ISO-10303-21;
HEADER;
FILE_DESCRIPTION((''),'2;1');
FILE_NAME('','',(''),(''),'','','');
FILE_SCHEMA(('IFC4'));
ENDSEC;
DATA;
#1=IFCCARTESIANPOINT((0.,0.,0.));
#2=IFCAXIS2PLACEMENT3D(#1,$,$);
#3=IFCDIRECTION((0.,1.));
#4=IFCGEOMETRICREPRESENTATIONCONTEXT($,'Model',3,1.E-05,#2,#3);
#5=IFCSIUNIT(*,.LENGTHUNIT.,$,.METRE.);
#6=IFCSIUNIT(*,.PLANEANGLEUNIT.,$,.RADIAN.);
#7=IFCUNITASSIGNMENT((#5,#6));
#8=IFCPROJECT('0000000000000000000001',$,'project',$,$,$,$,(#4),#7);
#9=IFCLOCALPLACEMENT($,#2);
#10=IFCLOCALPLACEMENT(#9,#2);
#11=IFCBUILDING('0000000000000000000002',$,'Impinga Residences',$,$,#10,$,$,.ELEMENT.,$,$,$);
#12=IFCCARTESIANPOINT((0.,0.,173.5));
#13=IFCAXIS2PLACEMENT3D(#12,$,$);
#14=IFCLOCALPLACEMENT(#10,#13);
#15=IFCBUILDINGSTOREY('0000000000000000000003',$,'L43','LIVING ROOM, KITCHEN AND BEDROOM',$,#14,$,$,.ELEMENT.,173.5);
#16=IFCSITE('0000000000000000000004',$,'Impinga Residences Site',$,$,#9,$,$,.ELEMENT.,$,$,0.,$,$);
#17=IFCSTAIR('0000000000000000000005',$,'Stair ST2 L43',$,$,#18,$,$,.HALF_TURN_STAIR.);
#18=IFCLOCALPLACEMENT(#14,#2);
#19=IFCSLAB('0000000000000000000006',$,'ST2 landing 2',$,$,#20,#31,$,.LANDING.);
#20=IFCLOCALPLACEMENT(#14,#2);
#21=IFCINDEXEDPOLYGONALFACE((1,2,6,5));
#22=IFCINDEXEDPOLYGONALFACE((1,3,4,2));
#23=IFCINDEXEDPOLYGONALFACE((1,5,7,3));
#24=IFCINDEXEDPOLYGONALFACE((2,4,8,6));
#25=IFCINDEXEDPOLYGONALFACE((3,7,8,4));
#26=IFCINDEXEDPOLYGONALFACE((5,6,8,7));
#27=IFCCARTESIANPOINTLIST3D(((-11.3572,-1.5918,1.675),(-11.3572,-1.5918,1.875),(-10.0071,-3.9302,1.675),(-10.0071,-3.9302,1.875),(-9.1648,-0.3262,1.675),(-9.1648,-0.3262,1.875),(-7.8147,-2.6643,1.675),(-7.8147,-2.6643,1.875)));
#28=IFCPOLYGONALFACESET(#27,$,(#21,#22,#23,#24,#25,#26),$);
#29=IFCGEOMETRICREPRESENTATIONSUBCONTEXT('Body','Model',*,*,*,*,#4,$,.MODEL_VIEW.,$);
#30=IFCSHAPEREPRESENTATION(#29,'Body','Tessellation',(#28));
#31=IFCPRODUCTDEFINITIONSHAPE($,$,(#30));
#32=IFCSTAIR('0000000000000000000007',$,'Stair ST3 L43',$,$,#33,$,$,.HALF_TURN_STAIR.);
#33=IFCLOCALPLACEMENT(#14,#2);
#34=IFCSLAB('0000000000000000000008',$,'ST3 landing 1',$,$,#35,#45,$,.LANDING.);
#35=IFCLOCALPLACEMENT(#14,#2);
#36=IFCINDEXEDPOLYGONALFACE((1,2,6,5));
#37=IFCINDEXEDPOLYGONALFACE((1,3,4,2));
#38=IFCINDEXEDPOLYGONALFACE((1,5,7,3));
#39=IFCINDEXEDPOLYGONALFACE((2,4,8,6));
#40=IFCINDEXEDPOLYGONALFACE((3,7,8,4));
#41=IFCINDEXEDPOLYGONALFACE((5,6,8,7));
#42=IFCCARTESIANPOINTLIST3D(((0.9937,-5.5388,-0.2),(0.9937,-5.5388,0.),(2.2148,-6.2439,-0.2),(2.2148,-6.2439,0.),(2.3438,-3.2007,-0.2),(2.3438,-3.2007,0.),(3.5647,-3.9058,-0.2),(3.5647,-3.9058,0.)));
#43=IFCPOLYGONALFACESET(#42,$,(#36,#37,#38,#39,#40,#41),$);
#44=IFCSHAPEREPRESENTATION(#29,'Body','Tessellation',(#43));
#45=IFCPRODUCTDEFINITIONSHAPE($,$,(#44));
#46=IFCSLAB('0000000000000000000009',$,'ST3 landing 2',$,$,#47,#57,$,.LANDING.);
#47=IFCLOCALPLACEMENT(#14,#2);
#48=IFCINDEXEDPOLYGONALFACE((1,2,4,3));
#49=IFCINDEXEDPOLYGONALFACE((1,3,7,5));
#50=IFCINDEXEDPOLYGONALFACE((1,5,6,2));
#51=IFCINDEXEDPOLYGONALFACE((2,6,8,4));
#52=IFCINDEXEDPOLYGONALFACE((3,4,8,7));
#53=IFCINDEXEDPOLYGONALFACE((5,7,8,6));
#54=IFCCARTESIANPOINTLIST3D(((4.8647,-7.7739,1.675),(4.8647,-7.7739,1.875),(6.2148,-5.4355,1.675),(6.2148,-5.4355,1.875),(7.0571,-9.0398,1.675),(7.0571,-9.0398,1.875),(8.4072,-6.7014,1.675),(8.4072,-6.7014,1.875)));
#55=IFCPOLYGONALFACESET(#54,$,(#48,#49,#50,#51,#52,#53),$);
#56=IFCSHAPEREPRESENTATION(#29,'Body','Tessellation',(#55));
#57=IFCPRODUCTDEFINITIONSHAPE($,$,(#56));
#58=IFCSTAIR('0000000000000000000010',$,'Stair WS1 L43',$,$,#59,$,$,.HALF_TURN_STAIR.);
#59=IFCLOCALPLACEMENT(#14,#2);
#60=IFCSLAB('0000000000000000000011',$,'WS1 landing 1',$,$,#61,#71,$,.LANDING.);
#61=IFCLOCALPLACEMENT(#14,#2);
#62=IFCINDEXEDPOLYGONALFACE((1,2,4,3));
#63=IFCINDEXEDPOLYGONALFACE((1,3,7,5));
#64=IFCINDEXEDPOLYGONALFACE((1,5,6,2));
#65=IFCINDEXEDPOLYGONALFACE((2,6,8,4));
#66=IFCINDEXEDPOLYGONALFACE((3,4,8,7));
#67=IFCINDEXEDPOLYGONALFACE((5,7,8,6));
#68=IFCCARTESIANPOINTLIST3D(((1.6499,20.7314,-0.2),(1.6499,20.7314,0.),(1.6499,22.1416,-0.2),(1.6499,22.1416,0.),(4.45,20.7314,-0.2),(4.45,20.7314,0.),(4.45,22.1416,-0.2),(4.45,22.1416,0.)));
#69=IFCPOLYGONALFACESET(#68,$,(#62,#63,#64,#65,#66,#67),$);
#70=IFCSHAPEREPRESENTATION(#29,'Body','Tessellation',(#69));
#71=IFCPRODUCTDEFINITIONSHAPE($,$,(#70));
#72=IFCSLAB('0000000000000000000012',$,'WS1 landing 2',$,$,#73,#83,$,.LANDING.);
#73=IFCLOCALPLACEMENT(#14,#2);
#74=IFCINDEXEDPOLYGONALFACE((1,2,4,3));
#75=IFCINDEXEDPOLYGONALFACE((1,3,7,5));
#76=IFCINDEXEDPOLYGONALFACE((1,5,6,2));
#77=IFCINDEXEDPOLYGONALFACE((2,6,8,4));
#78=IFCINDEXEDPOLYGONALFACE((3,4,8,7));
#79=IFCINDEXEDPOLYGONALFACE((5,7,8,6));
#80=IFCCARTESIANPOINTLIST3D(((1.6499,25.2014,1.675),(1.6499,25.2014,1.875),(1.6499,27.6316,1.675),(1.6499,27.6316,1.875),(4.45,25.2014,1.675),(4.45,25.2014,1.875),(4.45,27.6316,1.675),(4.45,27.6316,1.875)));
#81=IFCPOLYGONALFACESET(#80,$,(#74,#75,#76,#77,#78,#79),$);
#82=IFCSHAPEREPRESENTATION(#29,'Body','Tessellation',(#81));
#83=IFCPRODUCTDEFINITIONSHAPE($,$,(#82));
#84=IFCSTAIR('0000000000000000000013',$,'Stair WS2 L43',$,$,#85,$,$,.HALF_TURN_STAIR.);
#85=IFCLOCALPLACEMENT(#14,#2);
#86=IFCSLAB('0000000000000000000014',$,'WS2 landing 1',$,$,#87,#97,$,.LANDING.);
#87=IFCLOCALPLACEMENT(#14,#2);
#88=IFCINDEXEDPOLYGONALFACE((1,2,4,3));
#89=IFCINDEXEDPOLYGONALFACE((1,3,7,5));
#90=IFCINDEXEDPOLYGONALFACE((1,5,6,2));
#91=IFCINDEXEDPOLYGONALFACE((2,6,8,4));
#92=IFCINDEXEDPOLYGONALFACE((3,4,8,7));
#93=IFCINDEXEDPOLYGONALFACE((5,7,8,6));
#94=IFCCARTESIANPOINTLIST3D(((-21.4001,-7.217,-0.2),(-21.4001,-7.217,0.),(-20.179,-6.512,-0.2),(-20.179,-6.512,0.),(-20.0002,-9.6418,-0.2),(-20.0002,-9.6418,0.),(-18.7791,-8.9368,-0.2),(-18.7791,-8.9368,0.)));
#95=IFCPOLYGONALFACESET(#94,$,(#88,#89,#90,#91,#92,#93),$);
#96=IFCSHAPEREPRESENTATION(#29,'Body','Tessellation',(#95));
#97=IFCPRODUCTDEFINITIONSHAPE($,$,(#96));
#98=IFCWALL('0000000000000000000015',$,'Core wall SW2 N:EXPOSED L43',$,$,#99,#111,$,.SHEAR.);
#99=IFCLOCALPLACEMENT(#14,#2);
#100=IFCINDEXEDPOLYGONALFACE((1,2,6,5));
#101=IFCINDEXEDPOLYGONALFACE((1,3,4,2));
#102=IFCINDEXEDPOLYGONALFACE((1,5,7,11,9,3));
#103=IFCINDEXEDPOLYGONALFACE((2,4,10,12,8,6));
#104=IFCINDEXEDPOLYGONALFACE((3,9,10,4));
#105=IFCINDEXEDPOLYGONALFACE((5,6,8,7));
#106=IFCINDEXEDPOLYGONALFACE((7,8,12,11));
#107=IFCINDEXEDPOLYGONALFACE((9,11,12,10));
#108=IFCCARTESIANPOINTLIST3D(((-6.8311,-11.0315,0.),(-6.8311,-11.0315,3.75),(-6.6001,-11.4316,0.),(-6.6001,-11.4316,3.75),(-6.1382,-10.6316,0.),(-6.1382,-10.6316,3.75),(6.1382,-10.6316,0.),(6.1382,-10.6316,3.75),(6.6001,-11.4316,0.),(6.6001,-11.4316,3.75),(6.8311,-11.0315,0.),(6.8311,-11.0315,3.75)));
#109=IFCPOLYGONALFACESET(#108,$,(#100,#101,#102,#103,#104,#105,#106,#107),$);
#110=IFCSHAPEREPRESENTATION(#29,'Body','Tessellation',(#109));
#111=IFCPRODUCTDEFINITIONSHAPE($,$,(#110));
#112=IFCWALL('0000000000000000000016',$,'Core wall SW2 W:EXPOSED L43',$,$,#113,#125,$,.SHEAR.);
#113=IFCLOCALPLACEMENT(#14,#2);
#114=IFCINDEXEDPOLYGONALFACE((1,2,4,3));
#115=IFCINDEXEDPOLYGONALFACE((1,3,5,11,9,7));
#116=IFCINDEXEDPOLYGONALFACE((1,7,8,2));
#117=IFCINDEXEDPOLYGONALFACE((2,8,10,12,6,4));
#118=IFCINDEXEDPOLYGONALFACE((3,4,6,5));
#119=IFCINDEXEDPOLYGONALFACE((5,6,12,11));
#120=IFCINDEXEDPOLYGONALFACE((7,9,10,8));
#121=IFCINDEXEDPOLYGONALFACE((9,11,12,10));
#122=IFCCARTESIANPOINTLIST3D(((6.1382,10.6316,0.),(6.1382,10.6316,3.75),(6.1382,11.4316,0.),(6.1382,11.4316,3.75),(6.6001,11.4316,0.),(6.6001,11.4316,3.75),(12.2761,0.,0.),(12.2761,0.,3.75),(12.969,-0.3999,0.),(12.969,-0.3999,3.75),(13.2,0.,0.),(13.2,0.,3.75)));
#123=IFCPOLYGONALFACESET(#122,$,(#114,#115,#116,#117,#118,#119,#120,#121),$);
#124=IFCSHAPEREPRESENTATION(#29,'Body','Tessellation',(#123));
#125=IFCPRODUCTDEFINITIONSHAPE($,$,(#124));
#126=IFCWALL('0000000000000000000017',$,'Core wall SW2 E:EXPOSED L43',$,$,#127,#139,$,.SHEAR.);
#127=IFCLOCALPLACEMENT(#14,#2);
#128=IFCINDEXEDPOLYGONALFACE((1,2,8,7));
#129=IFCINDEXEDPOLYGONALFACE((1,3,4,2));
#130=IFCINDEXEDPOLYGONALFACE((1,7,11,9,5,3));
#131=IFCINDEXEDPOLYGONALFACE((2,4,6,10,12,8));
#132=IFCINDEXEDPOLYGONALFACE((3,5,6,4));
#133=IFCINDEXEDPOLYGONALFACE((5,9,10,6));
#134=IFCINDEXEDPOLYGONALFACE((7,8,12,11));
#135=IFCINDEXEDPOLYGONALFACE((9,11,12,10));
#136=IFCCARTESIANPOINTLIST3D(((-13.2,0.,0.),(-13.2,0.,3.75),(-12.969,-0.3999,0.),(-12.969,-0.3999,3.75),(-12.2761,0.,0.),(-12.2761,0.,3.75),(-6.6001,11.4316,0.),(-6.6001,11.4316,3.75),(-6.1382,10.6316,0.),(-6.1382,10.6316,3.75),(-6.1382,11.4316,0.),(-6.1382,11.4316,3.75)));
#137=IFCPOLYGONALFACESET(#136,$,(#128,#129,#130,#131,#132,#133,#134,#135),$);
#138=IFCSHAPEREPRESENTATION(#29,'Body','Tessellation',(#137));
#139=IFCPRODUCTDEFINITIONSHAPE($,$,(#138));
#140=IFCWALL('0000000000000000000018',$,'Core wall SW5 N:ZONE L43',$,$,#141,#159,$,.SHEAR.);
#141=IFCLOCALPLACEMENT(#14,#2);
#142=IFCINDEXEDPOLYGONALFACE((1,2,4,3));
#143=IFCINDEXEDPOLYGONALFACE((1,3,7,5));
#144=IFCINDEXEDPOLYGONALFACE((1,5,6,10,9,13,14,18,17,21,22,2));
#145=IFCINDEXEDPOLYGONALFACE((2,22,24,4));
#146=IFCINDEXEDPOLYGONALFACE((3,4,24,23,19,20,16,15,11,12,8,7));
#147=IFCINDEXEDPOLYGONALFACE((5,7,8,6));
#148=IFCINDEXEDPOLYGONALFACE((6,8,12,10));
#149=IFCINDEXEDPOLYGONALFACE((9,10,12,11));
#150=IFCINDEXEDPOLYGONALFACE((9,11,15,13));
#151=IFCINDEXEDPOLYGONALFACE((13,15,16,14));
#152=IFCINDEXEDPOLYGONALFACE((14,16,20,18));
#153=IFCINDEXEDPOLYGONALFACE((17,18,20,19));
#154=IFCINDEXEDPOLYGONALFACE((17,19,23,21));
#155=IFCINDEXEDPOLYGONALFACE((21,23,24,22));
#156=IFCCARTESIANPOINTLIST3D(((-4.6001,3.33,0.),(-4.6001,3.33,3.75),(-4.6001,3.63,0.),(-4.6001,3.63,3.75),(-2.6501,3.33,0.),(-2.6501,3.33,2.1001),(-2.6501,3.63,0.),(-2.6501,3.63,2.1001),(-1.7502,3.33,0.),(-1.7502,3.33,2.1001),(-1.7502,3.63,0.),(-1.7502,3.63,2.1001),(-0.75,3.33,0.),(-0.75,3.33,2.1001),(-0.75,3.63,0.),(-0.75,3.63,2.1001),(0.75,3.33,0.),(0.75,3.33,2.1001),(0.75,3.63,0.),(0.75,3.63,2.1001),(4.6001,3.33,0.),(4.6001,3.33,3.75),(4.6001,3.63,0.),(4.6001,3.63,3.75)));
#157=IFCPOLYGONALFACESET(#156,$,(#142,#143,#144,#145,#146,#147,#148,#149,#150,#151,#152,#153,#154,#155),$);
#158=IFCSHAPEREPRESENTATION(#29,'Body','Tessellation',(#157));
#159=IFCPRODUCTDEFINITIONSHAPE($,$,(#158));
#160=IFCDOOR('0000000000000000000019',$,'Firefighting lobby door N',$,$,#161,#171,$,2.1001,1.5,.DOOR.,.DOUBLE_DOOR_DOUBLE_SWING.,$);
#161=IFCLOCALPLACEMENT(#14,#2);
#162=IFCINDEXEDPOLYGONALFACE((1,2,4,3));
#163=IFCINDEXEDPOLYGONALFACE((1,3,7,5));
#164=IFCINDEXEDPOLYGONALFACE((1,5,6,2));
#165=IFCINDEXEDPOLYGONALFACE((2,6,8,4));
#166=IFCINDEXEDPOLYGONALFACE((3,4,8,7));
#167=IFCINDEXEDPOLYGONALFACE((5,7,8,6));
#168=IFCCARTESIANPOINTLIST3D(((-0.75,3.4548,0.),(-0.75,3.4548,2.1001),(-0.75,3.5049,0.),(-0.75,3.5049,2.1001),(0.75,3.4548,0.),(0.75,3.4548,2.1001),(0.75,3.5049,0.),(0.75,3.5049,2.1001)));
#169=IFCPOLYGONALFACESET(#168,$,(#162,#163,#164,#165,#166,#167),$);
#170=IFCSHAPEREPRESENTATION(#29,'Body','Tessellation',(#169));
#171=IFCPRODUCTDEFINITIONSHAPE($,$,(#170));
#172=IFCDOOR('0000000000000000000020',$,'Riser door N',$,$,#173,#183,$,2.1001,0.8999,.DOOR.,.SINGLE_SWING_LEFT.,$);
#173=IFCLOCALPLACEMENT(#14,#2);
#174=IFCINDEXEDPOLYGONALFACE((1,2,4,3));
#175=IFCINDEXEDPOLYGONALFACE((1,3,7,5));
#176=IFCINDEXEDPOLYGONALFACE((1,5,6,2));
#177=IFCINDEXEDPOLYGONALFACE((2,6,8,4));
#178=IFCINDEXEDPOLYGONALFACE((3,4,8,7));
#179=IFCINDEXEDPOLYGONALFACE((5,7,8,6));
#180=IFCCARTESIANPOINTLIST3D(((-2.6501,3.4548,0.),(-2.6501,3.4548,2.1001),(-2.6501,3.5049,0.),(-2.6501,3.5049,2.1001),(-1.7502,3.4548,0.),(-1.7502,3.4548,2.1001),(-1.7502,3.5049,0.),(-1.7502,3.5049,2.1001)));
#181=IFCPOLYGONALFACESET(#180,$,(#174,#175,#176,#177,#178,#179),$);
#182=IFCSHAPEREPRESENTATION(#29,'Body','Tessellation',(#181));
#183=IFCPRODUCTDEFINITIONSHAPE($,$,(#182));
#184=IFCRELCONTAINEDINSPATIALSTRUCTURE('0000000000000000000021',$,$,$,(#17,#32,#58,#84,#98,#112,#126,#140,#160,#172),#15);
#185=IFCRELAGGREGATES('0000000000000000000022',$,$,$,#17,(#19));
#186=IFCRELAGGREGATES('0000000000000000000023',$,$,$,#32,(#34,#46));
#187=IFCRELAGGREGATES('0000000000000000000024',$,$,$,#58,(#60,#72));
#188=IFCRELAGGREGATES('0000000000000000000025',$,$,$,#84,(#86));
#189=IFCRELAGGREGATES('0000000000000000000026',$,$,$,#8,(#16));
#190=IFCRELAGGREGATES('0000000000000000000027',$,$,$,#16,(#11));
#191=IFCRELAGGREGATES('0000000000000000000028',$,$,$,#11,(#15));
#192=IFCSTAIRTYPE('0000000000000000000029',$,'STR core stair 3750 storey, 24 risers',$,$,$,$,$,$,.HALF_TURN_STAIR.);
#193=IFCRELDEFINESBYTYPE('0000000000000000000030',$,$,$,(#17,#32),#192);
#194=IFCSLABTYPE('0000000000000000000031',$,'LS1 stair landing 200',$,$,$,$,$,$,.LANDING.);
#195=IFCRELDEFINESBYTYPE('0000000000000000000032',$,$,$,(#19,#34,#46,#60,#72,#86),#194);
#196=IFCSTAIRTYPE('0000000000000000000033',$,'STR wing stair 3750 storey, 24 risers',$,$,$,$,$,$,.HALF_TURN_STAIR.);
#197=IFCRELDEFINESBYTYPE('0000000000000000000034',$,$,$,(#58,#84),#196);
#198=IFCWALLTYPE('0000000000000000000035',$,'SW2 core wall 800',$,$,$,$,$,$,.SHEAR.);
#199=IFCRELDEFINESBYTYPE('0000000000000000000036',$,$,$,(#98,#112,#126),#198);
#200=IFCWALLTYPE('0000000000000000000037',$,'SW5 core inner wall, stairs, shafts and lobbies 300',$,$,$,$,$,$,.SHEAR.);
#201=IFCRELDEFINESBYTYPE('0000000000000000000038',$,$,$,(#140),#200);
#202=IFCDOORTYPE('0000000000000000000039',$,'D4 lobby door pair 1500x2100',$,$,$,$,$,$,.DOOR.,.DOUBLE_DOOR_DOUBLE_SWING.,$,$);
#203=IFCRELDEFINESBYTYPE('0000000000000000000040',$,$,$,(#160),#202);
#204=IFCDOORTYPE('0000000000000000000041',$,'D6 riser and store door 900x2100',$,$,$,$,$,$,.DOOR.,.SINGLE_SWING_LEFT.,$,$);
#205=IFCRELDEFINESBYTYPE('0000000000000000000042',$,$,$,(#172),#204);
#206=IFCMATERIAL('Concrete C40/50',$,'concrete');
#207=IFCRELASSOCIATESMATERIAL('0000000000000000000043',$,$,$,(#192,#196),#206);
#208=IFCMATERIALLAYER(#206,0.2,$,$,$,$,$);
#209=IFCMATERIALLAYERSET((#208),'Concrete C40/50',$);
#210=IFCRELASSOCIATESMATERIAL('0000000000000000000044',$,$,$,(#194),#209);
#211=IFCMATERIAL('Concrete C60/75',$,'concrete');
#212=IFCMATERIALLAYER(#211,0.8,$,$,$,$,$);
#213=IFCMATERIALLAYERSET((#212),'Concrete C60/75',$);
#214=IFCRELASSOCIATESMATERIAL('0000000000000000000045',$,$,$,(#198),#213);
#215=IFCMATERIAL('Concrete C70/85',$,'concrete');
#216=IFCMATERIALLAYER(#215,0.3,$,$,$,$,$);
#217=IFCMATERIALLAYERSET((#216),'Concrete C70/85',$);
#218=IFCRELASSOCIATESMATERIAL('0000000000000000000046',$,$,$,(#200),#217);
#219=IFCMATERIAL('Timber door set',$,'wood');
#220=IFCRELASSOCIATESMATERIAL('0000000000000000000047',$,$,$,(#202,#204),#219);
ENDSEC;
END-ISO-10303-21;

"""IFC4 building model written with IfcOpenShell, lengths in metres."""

from ifc_helpers import new_model, si_unit, direction, frame, frame_2d, origin, place, context, subcontext, project, spatial, polyline, rectangle, outline, extrude, material, layer, layer_set, type_object, element, fill, aggregate, save


model = new_model("IFC4")

# Units and contexts
model_context = context("Model", 3, precision=1e-05, world=origin(), true_north=direction((0.0, 1.0)))
body_context = subcontext(model_context, "Body", "Model", "MODEL_VIEW")
ifc_project = project(units=[si_unit("LENGTHUNIT", "METRE"), si_unit("PLANEANGLEUNIT", "RADIAN")], contexts=[model_context])

# Site, building, storey
site_placement = place(None, origin())
site = spatial("IfcSite", under=ifc_project, at=site_placement, Name="Impinga Residences Site", CompositionType="ELEMENT", RefElevation=0.0)
building_placement = place(site_placement, origin())
building = spatial("IfcBuilding", under=site, at=building_placement, Name="Impinga Residences", CompositionType="ELEMENT")
storey_placement = place(building_placement, frame((0.0, 0.0, 173.5)))
storey = spatial("IfcBuildingStorey", under=building, at=storey_placement, Name="L43", Description="LIVING ROOM, KITCHEN AND BEDROOM", CompositionType="ELEMENT", Elevation=173.5)

# Shared definitions
ifc_material_1 = material(Name="Concrete C60/75", Category="concrete")

# Stairs, slabs
ifc_material_2 = material(Name="Concrete C40/50", Category="concrete")
stair_type_1 = type_object("IfcStairType", Name="STR core stair 3750 storey, 24 risers", PredefinedType="HALF_TURN_STAIR", material=ifc_material_2)
ifc_layer_1 = layer(ifc_material_2, 0.2)
ifc_layer_set_1 = layer_set([ifc_layer_1], Name="Concrete C40/50")
slab_type_1 = type_object("IfcSlabType", Name="LS1 stair landing 200", PredefinedType="LANDING", material=ifc_layer_set_1)
stair_1_placement = place(storey_placement, origin())
stair_1 = element("IfcStair", 1, at=stair_1_placement, inside=storey, type_object=stair_type_1, Name="Stair ST2 L43", PredefinedType="HALF_TURN_STAIR")
slab_1_placement = place(storey_placement, frame((0.0, 0.0, 1.675)))
slab_1 = element("IfcSlab", 2, at=slab_1_placement, type_object=slab_type_1, Name="ST2 landing 2", PredefinedType="LANDING", context=body_context, shape_type="SweptSolid", body=[
    extrude(outline(polyline([(-7.8147, -2.6643), (-9.1648, -0.3262), (-11.3572, -1.5918), (-10.0071, -3.9302), (-7.8147, -2.6643)])), origin(), (0.0, 0.0, 1.0), 0.2),
])
aggregate(stair_1, [slab_1])
stair_2_placement = place(storey_placement, origin())
stair_2 = element("IfcStair", 3, at=stair_2_placement, inside=storey, type_object=stair_type_1, Name="Stair ST3 L43", PredefinedType="HALF_TURN_STAIR")
slab_2_placement = place(storey_placement, frame((0.0, 0.0, -0.2)))
slab_2 = element("IfcSlab", 4, at=slab_2_placement, type_object=slab_type_1, Name="ST3 landing 1", PredefinedType="LANDING", context=body_context, shape_type="SweptSolid", body=[
    extrude(outline(polyline([(2.3438, -3.2007), (0.9937, -5.5388), (2.2148, -6.2439), (3.5647, -3.9058), (2.3438, -3.2007)])), origin(), (0.0, 0.0, 1.0), 0.2),
])
slab_3_placement = place(storey_placement, frame((0.0, 0.0, 1.675)))
slab_3 = element("IfcSlab", 5, at=slab_3_placement, type_object=slab_type_1, Name="ST3 landing 2", PredefinedType="LANDING", context=body_context, shape_type="SweptSolid", body=[
    extrude(outline(polyline([(6.2148, -5.4355), (4.8647, -7.7739), (7.0571, -9.0398), (8.4072, -6.7014), (6.2148, -5.4355)])), origin(), (0.0, 0.0, 1.0), 0.2),
])
aggregate(stair_2, [slab_2, slab_3])
stair_type_2 = type_object("IfcStairType", Name="STR wing stair 3750 storey, 24 risers", PredefinedType="HALF_TURN_STAIR", material=ifc_material_2)
stair_3_placement = place(storey_placement, origin())
stair_3 = element("IfcStair", 6, at=stair_3_placement, inside=storey, type_object=stair_type_2, Name="Stair WS1 L43", PredefinedType="HALF_TURN_STAIR")
slab_4_placement = place(storey_placement, frame((0.0, 0.0, -0.2)))
slab_4 = element("IfcSlab", 7, at=slab_4_placement, type_object=slab_type_1, Name="WS1 landing 1", PredefinedType="LANDING", context=body_context, shape_type="SweptSolid", body=[
    extrude(outline(polyline([(1.6499, 20.7314), (4.45, 20.7314), (4.45, 22.1416), (1.6499, 22.1416), (1.6499, 20.7314)])), origin(), (0.0, 0.0, 1.0), 0.2),
])
slab_5_placement = place(storey_placement, frame((0.0, 0.0, 1.675)))
slab_5 = element("IfcSlab", 8, at=slab_5_placement, type_object=slab_type_1, Name="WS1 landing 2", PredefinedType="LANDING", context=body_context, shape_type="SweptSolid", body=[
    extrude(outline(polyline([(1.6499, 25.2014), (4.45, 25.2014), (4.45, 27.6316), (1.6499, 27.6316), (1.6499, 25.2014)])), origin(), (0.0, 0.0, 1.0), 0.2),
])
aggregate(stair_3, [slab_4, slab_5])

# Stair, slab
stair_4_placement = place(storey_placement, origin())
stair_4 = element("IfcStair", 9, at=stair_4_placement, inside=storey, type_object=stair_type_2, Name="Stair WS2 L43", PredefinedType="HALF_TURN_STAIR")
slab_6_placement = place(storey_placement, frame((0.0, 0.0, -0.2)))
slab_6 = element("IfcSlab", 10, at=slab_6_placement, type_object=slab_type_1, Name="WS2 landing 1", PredefinedType="LANDING", context=body_context, shape_type="SweptSolid", body=[
    extrude(outline(polyline([(-18.7791, -8.9368), (-20.179, -6.512), (-21.4001, -7.217), (-20.0002, -9.6418), (-18.7791, -8.9368)])), origin(), (0.0, 0.0, 1.0), 0.2),
])
aggregate(stair_4, [slab_6])

# Walls
ifc_layer_2 = layer(ifc_material_1, 0.8)
ifc_layer_set_2 = layer_set([ifc_layer_2], Name="Concrete C60/75")
wall_type_1 = type_object("IfcWallType", Name="SW2 core wall 800", PredefinedType="SHEAR", material=ifc_layer_set_2)
wall_1_placement = place(storey_placement, origin())
element("IfcWall", 11, at=wall_1_placement, inside=storey, type_object=wall_type_1, Name="Core wall SW2 N:EXPOSED L43", PredefinedType="SHEAR", context=body_context, shape_type="SweptSolid", body=[
    extrude(outline(polyline([(-6.6001, -11.4316), (6.6001, -11.4316), (6.8311, -11.0315), (6.1382, -10.6316), (-6.1382, -10.6316), (-6.8311, -11.0315), (-6.6001, -11.4316)])), origin(), (0.0, 0.0, 1.0), 3.75),
])
wall_2_placement = place(storey_placement, origin())
element("IfcWall", 12, at=wall_2_placement, inside=storey, type_object=wall_type_1, Name="Core wall SW2 W:EXPOSED L43", PredefinedType="SHEAR", context=body_context, shape_type="SweptSolid", body=[
    extrude(outline(polyline([(13.2, 0.0), (6.6001, 11.4316), (6.1382, 11.4316), (6.1382, 10.6316), (12.2761, 0.0), (12.969, -0.3999), (13.2, 0.0)])), origin(), (0.0, 0.0, 1.0), 3.75),
])
wall_3_placement = place(storey_placement, origin())
element("IfcWall", 13, at=wall_3_placement, inside=storey, type_object=wall_type_1, Name="Core wall SW2 E:EXPOSED L43", PredefinedType="SHEAR", context=body_context, shape_type="SweptSolid", body=[
    extrude(outline(polyline([(-6.6001, 11.4316), (-13.2, 0.0), (-12.969, -0.3999), (-12.2761, 0.0), (-6.1382, 10.6316), (-6.1382, 11.4316), (-6.6001, 11.4316)])), origin(), (0.0, 0.0, 1.0), 3.75),
])

# Wall, openings, doors
ifc_material_3 = material(Name="Concrete C70/85", Category="concrete")
ifc_layer_3 = layer(ifc_material_3, 0.3)
ifc_layer_set_3 = layer_set([ifc_layer_3], Name="Concrete C70/85")
wall_type_2 = type_object("IfcWallType", Name="SW5 core inner wall, stairs, shafts and lobbies 300", PredefinedType="SHEAR", material=ifc_layer_set_3)
wall_4_placement = place(storey_placement, frame((-4.6001, 3.48, 0.0), z_axis=(0.0, 0.0, 1.0), x_axis=(1.0, 0.0, 0.0)))
wall_4 = element("IfcWall", 14, at=wall_4_placement, inside=storey, type_object=wall_type_2, Name="Core wall SW5 N:ZONE L43", PredefinedType="SHEAR", context=body_context, shape_type="SweptSolid", body=[
    extrude(rectangle(XDim=9.2002, YDim=0.3, at=frame_2d((4.6001, 0.0))), origin(), (0.0, 0.0, 1.0), 3.75),
])
opening_1_placement = place(wall_4_placement, frame((3.8501, 0.0, 0.0)))
opening_1 = element("IfcOpeningElement", 15, at=opening_1_placement, cuts=wall_4, PredefinedType="OPENING", context=body_context, shape_type="SweptSolid", body=[
    extrude(rectangle(XDim=1.5, YDim=2.1001, at=frame_2d((0.75, 1.05))), frame((0.0, 0.1599, 0.0), z_axis=(0.0, -1.0, 0.0), x_axis=(1.0, 0.0, 0.0)), (0.0, 0.0, 1.0), 0.3201),
])
opening_2_placement = place(wall_4_placement, frame((1.95, 0.0, 0.0)))
opening_2 = element("IfcOpeningElement", 16, at=opening_2_placement, cuts=wall_4, PredefinedType="OPENING", context=body_context, shape_type="SweptSolid", body=[
    extrude(rectangle(XDim=0.8999, YDim=2.1001, at=frame_2d((0.45, 1.05))), frame((0.0, 0.1599, 0.0), z_axis=(0.0, -1.0, 0.0), x_axis=(1.0, 0.0, 0.0)), (0.0, 0.0, 1.0), 0.3201),
])
ifc_material_4 = material(Name="Timber door set", Category="wood")
door_type_1 = type_object("IfcDoorType", Name="D4 lobby door pair 1500x2100", OperationType="DOUBLE_DOOR_DOUBLE_SWING", PredefinedType="DOOR", material=ifc_material_4)
door_1_placement = place(opening_1_placement, origin())
door_1 = element("IfcDoor", 17, at=door_1_placement, inside=storey, type_object=door_type_1, Name="Firefighting lobby door N", OperationType="DOUBLE_DOOR_DOUBLE_SWING", OverallHeight=2.1001, OverallWidth=1.5, PredefinedType="DOOR", context=body_context, shape_type="SweptSolid", body=[
    extrude(rectangle(XDim=1.5, YDim=2.1001, at=frame_2d((0.75, 1.05))), frame((0.0, 0.0249, 0.0), z_axis=(0.0, -1.0, 0.0), x_axis=(1.0, 0.0, 0.0)), (0.0, 0.0, 1.0), 0.05),
])
fill(opening_1, door_1)
door_type_2 = type_object("IfcDoorType", Name="D6 riser and store door 900x2100", OperationType="SINGLE_SWING_LEFT", PredefinedType="DOOR", material=ifc_material_4)
door_2_placement = place(opening_2_placement, origin())
door_2 = element("IfcDoor", 18, at=door_2_placement, inside=storey, type_object=door_type_2, Name="Riser door N", OperationType="SINGLE_SWING_LEFT", OverallHeight=2.1001, OverallWidth=0.8999, PredefinedType="DOOR", context=body_context, shape_type="SweptSolid", body=[
    extrude(rectangle(XDim=0.8999, YDim=2.1001, at=frame_2d((0.45, 1.05))), frame((0.0, 0.0249, 0.0), z_axis=(0.0, -1.0, 0.0), x_axis=(1.0, 0.0, 0.0)), (0.0, 0.0, 1.0), 0.05),
])
fill(opening_2, door_2)

save(model, "model.ifc")
